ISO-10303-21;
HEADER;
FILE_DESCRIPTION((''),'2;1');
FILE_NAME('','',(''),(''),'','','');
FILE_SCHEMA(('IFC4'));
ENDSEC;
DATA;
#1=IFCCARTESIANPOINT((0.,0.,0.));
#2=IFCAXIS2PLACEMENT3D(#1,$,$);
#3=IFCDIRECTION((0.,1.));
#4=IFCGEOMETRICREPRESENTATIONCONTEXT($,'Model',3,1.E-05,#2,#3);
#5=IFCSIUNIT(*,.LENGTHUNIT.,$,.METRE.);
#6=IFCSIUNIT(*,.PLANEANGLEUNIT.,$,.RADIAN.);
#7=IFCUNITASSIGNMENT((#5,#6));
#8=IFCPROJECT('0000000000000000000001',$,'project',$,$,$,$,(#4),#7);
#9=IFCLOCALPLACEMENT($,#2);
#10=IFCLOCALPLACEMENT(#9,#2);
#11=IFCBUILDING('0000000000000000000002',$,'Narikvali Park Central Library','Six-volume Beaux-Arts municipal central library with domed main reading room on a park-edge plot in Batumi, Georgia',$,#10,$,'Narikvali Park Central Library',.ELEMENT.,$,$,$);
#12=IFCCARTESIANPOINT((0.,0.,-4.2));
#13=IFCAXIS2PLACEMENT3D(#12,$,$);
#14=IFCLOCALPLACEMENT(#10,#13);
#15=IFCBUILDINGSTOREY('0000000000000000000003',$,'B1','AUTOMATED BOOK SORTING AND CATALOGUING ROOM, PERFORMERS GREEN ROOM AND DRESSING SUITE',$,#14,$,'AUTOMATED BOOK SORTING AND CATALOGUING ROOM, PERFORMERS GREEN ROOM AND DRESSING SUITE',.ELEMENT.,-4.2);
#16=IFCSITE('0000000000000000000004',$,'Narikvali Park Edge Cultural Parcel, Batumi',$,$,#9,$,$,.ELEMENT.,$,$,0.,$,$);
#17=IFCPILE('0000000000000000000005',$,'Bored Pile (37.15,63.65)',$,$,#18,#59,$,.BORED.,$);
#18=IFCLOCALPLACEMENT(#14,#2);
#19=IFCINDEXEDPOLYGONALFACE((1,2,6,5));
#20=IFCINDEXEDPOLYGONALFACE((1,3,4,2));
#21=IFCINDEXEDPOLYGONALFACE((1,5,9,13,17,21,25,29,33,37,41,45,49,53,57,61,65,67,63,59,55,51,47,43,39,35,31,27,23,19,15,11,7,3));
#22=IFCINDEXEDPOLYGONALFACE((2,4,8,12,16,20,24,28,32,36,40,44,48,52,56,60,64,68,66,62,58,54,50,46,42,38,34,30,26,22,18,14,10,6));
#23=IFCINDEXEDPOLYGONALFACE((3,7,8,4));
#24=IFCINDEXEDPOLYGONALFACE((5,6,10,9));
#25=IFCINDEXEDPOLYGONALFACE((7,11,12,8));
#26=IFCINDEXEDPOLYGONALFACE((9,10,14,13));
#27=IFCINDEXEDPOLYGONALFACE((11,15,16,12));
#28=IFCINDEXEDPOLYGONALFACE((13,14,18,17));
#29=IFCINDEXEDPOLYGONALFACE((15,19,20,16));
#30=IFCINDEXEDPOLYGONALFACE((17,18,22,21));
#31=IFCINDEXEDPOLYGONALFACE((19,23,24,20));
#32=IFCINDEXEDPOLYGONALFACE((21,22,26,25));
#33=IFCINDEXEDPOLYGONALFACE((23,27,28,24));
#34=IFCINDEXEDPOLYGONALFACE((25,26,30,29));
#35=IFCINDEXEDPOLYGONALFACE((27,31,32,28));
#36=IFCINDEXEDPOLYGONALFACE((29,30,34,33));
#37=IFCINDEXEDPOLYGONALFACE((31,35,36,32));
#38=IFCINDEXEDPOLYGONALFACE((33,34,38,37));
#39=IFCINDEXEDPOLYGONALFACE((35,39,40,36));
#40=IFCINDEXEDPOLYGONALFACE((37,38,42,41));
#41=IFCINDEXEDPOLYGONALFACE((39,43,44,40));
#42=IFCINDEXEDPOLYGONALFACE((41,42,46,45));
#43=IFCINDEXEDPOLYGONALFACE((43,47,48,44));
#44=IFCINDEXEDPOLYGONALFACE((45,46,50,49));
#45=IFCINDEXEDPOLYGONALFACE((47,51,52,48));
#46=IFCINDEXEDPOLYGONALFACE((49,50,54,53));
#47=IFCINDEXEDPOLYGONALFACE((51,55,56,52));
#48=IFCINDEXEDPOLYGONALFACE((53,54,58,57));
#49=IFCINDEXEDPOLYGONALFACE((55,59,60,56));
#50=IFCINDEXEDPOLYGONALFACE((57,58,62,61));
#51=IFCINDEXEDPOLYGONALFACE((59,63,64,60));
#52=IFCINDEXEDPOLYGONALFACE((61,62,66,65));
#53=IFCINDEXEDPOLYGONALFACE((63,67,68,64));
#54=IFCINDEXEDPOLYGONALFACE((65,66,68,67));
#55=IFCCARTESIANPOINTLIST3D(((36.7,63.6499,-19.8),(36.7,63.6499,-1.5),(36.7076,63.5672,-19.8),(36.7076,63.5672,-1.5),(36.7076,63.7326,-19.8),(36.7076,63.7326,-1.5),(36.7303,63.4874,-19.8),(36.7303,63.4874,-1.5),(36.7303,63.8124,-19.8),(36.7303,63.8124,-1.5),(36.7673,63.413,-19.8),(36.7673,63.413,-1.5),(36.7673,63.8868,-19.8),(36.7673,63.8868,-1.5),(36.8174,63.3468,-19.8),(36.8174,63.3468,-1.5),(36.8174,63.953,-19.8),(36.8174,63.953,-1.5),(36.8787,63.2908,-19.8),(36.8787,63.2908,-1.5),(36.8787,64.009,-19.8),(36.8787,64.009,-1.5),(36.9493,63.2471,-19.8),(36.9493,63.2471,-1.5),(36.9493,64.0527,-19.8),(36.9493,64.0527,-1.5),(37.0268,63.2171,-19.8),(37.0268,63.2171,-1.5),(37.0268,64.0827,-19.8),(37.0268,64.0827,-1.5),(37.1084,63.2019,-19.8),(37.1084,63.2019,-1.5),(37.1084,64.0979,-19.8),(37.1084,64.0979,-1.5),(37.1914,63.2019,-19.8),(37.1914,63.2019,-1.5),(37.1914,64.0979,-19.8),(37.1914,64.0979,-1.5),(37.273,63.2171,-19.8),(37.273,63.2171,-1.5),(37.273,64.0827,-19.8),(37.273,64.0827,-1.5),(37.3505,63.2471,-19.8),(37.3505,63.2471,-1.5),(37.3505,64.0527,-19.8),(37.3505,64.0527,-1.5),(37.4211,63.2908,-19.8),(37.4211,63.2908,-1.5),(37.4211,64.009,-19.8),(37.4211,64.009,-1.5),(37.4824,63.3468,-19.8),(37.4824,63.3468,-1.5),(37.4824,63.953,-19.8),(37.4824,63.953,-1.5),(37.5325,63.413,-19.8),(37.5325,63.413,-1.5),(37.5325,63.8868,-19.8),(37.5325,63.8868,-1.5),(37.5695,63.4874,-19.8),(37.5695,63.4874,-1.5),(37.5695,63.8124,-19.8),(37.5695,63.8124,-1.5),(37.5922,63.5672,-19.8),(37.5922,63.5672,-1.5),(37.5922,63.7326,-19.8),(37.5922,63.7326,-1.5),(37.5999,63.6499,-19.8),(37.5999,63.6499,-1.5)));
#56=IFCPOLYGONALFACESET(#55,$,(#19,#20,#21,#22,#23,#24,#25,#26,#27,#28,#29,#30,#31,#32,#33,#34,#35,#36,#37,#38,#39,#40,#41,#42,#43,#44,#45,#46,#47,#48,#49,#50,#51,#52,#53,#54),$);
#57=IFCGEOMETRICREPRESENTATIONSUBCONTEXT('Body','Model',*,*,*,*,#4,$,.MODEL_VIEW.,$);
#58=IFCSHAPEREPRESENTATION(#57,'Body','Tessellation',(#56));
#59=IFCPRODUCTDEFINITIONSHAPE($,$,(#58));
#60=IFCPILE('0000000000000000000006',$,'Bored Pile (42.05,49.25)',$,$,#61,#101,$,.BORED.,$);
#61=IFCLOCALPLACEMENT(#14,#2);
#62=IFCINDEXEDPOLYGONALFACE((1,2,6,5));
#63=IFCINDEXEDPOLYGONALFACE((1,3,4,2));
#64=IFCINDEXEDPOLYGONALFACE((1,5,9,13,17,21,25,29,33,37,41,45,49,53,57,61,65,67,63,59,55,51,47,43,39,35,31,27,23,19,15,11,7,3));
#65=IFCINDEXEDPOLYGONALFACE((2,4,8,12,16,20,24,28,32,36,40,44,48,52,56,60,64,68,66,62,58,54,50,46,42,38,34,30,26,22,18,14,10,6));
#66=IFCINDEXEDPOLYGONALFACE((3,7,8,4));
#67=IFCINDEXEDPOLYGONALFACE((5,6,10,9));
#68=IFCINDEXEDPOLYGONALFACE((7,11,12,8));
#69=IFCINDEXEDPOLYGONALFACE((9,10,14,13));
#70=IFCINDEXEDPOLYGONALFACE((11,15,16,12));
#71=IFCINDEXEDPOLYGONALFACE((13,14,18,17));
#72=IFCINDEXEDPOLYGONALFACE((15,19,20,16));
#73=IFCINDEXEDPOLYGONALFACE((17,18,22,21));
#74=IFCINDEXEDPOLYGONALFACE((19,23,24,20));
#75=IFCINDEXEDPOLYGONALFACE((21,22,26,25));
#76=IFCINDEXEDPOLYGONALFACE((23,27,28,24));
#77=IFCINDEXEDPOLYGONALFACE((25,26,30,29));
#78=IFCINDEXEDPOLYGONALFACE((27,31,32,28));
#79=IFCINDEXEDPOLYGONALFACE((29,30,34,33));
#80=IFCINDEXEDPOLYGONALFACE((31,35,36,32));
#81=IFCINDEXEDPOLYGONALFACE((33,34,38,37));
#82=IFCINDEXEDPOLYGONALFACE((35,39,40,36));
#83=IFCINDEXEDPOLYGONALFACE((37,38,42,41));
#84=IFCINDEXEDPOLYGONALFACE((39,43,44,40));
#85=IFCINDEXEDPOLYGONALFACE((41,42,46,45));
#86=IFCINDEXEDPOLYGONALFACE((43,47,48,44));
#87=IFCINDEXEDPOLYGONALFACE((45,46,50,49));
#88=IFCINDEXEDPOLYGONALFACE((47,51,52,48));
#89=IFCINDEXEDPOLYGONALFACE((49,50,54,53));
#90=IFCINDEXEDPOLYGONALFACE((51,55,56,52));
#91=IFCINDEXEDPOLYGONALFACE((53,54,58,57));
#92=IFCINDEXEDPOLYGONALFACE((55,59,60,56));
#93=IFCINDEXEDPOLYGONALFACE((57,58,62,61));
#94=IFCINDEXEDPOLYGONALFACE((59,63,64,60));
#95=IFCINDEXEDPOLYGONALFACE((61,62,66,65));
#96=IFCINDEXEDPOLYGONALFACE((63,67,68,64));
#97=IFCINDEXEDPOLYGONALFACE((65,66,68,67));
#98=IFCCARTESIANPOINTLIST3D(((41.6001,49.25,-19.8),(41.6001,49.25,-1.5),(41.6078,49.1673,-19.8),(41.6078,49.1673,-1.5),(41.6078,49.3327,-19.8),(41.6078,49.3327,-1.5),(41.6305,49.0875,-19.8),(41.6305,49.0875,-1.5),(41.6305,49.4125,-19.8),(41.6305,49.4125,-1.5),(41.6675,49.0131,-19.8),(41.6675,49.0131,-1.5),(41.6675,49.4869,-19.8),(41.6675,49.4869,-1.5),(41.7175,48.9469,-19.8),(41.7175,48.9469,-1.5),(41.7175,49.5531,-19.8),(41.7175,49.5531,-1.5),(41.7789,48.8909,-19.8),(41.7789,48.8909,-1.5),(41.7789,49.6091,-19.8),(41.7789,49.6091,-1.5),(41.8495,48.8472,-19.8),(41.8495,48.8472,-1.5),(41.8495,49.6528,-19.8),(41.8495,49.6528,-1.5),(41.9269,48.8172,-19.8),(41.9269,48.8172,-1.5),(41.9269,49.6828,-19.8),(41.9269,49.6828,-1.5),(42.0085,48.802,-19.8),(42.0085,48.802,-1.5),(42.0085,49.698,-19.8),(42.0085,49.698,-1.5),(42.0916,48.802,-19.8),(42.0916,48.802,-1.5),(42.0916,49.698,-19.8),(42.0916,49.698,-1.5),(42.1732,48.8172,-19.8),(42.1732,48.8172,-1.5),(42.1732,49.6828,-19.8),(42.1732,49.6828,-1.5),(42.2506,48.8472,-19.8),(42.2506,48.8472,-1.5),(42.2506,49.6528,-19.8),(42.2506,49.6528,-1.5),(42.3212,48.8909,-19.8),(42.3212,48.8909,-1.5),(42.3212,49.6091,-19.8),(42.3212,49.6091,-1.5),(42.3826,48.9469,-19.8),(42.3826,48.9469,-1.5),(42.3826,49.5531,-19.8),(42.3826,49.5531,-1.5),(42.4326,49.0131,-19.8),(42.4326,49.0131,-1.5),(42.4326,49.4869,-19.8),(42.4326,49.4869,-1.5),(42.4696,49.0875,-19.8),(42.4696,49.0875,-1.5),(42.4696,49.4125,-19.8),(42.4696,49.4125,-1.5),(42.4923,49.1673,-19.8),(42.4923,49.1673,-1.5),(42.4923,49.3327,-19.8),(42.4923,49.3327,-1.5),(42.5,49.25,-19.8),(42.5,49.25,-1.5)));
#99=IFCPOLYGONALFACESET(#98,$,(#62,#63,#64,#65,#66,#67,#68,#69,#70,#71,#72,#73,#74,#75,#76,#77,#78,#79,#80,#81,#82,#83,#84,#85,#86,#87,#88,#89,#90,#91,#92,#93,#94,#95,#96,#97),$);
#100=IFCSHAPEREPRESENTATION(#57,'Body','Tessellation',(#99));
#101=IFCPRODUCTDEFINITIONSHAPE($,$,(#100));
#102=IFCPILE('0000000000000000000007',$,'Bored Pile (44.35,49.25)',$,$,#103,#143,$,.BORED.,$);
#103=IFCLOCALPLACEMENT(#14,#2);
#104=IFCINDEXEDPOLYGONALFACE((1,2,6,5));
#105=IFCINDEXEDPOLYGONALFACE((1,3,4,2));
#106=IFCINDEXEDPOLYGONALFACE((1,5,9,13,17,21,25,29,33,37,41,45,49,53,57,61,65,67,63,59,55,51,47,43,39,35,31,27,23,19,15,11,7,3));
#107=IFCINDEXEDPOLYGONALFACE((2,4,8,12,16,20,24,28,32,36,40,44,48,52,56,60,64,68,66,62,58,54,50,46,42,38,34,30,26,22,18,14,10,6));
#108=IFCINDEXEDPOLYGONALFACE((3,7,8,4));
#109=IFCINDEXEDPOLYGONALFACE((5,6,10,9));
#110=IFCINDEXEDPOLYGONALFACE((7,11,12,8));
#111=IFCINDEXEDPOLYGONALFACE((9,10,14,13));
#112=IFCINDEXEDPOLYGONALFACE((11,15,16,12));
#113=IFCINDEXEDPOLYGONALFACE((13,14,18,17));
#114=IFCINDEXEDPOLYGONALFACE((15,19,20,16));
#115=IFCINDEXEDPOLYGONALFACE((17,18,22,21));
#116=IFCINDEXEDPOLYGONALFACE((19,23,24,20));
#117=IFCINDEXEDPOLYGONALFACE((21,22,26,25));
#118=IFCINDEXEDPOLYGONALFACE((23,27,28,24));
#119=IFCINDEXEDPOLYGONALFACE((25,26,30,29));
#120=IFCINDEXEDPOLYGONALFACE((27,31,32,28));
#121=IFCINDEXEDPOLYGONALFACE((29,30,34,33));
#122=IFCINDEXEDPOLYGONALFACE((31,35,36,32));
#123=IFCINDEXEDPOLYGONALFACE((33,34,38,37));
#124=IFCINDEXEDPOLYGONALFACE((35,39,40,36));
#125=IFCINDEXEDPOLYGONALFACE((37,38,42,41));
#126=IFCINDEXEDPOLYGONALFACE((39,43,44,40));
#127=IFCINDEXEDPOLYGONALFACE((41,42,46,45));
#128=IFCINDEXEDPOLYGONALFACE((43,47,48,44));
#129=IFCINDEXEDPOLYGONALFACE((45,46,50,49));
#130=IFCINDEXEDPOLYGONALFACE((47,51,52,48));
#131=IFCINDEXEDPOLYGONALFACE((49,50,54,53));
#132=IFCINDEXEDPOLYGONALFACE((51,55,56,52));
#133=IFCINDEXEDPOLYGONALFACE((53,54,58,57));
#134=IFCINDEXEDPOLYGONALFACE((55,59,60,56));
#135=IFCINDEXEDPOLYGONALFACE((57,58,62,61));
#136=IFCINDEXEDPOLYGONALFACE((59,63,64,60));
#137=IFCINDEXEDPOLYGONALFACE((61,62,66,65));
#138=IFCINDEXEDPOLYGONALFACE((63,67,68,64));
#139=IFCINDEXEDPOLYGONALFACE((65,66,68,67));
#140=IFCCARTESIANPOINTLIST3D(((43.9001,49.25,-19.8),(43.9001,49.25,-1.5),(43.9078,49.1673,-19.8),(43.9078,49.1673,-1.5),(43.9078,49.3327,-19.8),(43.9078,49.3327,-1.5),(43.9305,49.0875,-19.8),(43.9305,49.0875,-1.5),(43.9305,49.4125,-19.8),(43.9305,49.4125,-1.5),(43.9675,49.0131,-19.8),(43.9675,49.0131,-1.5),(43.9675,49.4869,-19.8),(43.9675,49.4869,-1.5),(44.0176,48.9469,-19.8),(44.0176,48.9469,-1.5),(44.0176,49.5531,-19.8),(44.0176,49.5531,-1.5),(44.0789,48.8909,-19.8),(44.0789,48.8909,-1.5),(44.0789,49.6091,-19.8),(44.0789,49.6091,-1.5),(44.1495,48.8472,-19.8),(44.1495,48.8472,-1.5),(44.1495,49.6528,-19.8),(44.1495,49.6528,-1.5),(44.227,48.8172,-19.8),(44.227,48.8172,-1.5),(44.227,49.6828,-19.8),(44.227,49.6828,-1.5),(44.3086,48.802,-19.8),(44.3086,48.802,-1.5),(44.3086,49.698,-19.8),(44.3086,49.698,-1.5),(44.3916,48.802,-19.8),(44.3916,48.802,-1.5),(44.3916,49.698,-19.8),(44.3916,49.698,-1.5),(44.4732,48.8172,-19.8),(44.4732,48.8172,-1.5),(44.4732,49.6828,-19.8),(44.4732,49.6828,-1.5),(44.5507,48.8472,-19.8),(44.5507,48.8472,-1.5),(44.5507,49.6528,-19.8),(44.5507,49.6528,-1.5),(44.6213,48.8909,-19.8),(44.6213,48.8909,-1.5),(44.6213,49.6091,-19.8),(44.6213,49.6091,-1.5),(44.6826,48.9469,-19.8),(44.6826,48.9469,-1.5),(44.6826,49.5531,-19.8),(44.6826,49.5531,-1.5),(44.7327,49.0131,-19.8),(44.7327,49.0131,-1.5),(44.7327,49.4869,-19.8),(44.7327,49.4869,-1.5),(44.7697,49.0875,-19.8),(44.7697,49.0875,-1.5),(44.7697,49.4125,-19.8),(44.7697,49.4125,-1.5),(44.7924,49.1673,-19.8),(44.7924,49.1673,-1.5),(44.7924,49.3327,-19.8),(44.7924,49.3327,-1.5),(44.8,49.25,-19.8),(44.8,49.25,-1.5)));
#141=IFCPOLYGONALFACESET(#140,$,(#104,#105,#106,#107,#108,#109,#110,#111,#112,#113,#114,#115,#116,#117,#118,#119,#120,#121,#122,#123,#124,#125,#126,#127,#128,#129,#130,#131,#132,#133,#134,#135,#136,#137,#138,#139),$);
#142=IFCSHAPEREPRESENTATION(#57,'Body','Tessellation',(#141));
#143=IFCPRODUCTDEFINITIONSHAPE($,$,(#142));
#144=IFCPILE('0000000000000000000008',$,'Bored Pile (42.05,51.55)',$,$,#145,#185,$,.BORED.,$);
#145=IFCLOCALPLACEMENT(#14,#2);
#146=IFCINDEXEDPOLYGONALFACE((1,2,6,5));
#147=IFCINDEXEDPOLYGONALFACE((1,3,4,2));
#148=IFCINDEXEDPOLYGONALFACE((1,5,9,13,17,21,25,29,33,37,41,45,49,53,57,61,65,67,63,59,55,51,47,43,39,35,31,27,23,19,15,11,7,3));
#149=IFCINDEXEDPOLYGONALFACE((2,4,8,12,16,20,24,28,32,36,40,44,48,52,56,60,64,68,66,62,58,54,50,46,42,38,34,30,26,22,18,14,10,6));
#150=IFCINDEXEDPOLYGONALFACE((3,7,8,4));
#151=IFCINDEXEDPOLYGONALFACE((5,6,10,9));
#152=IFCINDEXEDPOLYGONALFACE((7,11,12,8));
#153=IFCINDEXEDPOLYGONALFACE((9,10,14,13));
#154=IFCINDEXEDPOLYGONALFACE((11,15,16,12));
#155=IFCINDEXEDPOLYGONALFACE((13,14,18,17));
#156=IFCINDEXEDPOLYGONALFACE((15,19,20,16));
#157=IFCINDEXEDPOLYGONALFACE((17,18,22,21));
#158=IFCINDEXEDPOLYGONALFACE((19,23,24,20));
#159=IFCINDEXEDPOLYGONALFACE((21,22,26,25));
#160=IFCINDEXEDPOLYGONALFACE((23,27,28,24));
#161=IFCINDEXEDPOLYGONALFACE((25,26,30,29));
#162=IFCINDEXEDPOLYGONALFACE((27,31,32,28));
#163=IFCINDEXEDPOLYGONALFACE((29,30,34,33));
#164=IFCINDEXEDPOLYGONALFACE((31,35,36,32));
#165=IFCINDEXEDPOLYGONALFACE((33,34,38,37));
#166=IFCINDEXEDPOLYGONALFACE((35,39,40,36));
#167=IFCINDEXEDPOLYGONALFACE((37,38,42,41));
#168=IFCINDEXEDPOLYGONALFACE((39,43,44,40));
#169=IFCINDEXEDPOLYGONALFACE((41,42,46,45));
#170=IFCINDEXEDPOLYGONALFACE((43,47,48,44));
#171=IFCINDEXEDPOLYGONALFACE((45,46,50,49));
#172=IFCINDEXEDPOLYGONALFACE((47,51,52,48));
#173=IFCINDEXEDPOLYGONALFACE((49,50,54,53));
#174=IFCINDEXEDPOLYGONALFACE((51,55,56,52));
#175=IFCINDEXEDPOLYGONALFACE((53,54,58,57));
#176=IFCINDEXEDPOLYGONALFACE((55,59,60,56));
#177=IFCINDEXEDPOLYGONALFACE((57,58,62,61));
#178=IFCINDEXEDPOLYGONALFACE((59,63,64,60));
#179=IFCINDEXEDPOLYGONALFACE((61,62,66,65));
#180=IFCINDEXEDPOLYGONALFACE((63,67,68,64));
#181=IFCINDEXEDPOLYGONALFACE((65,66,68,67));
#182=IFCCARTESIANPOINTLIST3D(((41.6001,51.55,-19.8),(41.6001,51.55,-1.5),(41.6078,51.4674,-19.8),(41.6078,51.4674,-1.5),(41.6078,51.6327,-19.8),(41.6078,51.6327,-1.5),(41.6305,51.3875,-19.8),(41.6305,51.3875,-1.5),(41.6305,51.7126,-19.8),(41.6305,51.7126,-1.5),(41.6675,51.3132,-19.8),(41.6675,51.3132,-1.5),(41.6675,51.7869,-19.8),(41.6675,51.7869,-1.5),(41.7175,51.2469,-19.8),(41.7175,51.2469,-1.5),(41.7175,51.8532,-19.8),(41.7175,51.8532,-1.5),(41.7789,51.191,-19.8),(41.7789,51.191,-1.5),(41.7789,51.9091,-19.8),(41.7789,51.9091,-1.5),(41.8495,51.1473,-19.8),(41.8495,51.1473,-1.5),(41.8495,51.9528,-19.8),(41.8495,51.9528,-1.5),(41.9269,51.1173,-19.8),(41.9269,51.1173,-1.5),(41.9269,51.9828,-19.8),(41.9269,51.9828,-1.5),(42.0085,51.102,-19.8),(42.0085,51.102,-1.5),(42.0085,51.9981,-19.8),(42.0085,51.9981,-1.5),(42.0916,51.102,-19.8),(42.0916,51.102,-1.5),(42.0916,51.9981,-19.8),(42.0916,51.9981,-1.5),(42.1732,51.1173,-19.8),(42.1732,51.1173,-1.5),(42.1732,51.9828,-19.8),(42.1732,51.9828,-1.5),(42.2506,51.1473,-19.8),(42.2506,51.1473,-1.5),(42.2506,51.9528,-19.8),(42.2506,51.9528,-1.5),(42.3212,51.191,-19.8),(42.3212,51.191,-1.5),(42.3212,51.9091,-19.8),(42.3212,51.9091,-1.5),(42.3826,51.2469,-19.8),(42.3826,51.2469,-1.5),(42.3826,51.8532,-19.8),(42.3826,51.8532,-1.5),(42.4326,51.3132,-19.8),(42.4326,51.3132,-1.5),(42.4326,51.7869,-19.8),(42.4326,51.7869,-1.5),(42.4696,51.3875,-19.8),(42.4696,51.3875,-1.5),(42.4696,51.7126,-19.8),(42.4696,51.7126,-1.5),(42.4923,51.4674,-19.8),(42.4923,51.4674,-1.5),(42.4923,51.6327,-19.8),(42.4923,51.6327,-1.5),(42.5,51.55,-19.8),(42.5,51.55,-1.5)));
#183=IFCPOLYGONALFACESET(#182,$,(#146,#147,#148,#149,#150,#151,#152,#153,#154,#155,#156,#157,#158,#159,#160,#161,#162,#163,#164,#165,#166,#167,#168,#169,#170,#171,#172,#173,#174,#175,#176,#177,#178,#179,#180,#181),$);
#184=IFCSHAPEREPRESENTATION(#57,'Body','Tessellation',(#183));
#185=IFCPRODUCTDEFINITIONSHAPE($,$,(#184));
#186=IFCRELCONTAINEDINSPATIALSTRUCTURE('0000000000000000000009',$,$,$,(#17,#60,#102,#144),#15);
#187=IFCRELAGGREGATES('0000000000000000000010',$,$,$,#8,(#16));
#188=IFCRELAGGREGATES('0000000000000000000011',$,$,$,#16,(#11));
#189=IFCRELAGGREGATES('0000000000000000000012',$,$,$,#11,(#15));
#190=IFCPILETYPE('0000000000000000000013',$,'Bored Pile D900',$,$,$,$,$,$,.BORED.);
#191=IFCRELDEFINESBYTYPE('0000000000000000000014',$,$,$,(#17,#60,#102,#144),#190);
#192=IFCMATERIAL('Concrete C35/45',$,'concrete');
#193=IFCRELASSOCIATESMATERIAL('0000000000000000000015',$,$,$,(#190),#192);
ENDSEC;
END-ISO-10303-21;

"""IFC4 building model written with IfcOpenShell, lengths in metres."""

from ifc_helpers import new_model, si_unit, direction, frame, origin, origin_2d, place, context, subcontext, project, spatial, circle, extrude, material, material_profile, profile_set, type_object, element, save


model = new_model("IFC4")

# Units and contexts
model_context = context("Model", 3, precision=1e-05, world=origin(), true_north=direction((0.0, 1.0)))
body_context = subcontext(model_context, "Body", "Model", "MODEL_VIEW")
ifc_project = project(units=[si_unit("LENGTHUNIT", "METRE"), si_unit("PLANEANGLEUNIT", "RADIAN")], contexts=[model_context])

# Site, building, storey
site_placement = place(None, origin())
site = spatial("IfcSite", under=ifc_project, at=site_placement, Name="Narikvali Park Edge Cultural Parcel, Batumi", CompositionType="ELEMENT", RefElevation=0.0)
building_placement = place(site_placement, origin())
building = spatial("IfcBuilding", under=site, at=building_placement, Name="Narikvali Park Central Library", Description="Six-volume Beaux-Arts municipal central library with domed main reading room on a park-edge plot in Batumi, Georgia", LongName="Narikvali Park Central Library", CompositionType="ELEMENT")
storey_placement = place(building_placement, frame((0.0, 0.0, -4.2)))
storey = spatial("IfcBuildingStorey", under=building, at=storey_placement, Name="B1", Description="AUTOMATED BOOK SORTING AND CATALOGUING ROOM, PERFORMERS GREEN ROOM AND DRESSING SUITE", LongName="AUTOMATED BOOK SORTING AND CATALOGUING ROOM, PERFORMERS GREEN ROOM AND DRESSING SUITE", CompositionType="ELEMENT", Elevation=-4.2)

# Piles
ifc_material_1 = material(Name="Concrete C35/45", Category="concrete")
ifc_material_profile_1 = material_profile(ifc_material_1, circle(Radius=0.45, at=origin_2d()), Name="PILE D900")
ifc_profile_set_1 = profile_set([ifc_material_profile_1], Name="Concrete C35/45")
pile_type = type_object("IfcPileType", Name="Bored Pile D900", PredefinedType="BORED", material=ifc_profile_set_1)
for number, where, z_axis, x_axis, name in (
    (1, (37.1499, 63.6499, -1.5), (0.0, 0.0, -1.0), (1.0, 0.0, 0.0), "Bored Pile (37.15,63.65)"),
    (2, (42.05, 49.25, -1.5), (0.0, 0.0, -1.0), (1.0, 0.0, 0.0), "Bored Pile (42.05,49.25)"),
    (3, (44.3501, 49.25, -1.5), (0.0, 0.0, -1.0), (1.0, 0.0, 0.0), "Bored Pile (44.35,49.25)"),
    (4, (42.05, 51.55, -1.5), (0.0, 0.0, -1.0), (1.0, 0.0, 0.0), "Bored Pile (42.05,51.55)"),
):
    element("IfcPile", number, at=place(storey_placement, frame(where, z_axis=z_axis, x_axis=x_axis)), inside=storey, type_object=pile_type, Name=name, PredefinedType="BORED", context=body_context, shape_type="SweptSolid", body=[
        extrude(circle(Radius=0.45, at=origin_2d()), origin(), (0.0, 0.0, 1.0), 18.3),
    ])

save(model, "model.ifc")
